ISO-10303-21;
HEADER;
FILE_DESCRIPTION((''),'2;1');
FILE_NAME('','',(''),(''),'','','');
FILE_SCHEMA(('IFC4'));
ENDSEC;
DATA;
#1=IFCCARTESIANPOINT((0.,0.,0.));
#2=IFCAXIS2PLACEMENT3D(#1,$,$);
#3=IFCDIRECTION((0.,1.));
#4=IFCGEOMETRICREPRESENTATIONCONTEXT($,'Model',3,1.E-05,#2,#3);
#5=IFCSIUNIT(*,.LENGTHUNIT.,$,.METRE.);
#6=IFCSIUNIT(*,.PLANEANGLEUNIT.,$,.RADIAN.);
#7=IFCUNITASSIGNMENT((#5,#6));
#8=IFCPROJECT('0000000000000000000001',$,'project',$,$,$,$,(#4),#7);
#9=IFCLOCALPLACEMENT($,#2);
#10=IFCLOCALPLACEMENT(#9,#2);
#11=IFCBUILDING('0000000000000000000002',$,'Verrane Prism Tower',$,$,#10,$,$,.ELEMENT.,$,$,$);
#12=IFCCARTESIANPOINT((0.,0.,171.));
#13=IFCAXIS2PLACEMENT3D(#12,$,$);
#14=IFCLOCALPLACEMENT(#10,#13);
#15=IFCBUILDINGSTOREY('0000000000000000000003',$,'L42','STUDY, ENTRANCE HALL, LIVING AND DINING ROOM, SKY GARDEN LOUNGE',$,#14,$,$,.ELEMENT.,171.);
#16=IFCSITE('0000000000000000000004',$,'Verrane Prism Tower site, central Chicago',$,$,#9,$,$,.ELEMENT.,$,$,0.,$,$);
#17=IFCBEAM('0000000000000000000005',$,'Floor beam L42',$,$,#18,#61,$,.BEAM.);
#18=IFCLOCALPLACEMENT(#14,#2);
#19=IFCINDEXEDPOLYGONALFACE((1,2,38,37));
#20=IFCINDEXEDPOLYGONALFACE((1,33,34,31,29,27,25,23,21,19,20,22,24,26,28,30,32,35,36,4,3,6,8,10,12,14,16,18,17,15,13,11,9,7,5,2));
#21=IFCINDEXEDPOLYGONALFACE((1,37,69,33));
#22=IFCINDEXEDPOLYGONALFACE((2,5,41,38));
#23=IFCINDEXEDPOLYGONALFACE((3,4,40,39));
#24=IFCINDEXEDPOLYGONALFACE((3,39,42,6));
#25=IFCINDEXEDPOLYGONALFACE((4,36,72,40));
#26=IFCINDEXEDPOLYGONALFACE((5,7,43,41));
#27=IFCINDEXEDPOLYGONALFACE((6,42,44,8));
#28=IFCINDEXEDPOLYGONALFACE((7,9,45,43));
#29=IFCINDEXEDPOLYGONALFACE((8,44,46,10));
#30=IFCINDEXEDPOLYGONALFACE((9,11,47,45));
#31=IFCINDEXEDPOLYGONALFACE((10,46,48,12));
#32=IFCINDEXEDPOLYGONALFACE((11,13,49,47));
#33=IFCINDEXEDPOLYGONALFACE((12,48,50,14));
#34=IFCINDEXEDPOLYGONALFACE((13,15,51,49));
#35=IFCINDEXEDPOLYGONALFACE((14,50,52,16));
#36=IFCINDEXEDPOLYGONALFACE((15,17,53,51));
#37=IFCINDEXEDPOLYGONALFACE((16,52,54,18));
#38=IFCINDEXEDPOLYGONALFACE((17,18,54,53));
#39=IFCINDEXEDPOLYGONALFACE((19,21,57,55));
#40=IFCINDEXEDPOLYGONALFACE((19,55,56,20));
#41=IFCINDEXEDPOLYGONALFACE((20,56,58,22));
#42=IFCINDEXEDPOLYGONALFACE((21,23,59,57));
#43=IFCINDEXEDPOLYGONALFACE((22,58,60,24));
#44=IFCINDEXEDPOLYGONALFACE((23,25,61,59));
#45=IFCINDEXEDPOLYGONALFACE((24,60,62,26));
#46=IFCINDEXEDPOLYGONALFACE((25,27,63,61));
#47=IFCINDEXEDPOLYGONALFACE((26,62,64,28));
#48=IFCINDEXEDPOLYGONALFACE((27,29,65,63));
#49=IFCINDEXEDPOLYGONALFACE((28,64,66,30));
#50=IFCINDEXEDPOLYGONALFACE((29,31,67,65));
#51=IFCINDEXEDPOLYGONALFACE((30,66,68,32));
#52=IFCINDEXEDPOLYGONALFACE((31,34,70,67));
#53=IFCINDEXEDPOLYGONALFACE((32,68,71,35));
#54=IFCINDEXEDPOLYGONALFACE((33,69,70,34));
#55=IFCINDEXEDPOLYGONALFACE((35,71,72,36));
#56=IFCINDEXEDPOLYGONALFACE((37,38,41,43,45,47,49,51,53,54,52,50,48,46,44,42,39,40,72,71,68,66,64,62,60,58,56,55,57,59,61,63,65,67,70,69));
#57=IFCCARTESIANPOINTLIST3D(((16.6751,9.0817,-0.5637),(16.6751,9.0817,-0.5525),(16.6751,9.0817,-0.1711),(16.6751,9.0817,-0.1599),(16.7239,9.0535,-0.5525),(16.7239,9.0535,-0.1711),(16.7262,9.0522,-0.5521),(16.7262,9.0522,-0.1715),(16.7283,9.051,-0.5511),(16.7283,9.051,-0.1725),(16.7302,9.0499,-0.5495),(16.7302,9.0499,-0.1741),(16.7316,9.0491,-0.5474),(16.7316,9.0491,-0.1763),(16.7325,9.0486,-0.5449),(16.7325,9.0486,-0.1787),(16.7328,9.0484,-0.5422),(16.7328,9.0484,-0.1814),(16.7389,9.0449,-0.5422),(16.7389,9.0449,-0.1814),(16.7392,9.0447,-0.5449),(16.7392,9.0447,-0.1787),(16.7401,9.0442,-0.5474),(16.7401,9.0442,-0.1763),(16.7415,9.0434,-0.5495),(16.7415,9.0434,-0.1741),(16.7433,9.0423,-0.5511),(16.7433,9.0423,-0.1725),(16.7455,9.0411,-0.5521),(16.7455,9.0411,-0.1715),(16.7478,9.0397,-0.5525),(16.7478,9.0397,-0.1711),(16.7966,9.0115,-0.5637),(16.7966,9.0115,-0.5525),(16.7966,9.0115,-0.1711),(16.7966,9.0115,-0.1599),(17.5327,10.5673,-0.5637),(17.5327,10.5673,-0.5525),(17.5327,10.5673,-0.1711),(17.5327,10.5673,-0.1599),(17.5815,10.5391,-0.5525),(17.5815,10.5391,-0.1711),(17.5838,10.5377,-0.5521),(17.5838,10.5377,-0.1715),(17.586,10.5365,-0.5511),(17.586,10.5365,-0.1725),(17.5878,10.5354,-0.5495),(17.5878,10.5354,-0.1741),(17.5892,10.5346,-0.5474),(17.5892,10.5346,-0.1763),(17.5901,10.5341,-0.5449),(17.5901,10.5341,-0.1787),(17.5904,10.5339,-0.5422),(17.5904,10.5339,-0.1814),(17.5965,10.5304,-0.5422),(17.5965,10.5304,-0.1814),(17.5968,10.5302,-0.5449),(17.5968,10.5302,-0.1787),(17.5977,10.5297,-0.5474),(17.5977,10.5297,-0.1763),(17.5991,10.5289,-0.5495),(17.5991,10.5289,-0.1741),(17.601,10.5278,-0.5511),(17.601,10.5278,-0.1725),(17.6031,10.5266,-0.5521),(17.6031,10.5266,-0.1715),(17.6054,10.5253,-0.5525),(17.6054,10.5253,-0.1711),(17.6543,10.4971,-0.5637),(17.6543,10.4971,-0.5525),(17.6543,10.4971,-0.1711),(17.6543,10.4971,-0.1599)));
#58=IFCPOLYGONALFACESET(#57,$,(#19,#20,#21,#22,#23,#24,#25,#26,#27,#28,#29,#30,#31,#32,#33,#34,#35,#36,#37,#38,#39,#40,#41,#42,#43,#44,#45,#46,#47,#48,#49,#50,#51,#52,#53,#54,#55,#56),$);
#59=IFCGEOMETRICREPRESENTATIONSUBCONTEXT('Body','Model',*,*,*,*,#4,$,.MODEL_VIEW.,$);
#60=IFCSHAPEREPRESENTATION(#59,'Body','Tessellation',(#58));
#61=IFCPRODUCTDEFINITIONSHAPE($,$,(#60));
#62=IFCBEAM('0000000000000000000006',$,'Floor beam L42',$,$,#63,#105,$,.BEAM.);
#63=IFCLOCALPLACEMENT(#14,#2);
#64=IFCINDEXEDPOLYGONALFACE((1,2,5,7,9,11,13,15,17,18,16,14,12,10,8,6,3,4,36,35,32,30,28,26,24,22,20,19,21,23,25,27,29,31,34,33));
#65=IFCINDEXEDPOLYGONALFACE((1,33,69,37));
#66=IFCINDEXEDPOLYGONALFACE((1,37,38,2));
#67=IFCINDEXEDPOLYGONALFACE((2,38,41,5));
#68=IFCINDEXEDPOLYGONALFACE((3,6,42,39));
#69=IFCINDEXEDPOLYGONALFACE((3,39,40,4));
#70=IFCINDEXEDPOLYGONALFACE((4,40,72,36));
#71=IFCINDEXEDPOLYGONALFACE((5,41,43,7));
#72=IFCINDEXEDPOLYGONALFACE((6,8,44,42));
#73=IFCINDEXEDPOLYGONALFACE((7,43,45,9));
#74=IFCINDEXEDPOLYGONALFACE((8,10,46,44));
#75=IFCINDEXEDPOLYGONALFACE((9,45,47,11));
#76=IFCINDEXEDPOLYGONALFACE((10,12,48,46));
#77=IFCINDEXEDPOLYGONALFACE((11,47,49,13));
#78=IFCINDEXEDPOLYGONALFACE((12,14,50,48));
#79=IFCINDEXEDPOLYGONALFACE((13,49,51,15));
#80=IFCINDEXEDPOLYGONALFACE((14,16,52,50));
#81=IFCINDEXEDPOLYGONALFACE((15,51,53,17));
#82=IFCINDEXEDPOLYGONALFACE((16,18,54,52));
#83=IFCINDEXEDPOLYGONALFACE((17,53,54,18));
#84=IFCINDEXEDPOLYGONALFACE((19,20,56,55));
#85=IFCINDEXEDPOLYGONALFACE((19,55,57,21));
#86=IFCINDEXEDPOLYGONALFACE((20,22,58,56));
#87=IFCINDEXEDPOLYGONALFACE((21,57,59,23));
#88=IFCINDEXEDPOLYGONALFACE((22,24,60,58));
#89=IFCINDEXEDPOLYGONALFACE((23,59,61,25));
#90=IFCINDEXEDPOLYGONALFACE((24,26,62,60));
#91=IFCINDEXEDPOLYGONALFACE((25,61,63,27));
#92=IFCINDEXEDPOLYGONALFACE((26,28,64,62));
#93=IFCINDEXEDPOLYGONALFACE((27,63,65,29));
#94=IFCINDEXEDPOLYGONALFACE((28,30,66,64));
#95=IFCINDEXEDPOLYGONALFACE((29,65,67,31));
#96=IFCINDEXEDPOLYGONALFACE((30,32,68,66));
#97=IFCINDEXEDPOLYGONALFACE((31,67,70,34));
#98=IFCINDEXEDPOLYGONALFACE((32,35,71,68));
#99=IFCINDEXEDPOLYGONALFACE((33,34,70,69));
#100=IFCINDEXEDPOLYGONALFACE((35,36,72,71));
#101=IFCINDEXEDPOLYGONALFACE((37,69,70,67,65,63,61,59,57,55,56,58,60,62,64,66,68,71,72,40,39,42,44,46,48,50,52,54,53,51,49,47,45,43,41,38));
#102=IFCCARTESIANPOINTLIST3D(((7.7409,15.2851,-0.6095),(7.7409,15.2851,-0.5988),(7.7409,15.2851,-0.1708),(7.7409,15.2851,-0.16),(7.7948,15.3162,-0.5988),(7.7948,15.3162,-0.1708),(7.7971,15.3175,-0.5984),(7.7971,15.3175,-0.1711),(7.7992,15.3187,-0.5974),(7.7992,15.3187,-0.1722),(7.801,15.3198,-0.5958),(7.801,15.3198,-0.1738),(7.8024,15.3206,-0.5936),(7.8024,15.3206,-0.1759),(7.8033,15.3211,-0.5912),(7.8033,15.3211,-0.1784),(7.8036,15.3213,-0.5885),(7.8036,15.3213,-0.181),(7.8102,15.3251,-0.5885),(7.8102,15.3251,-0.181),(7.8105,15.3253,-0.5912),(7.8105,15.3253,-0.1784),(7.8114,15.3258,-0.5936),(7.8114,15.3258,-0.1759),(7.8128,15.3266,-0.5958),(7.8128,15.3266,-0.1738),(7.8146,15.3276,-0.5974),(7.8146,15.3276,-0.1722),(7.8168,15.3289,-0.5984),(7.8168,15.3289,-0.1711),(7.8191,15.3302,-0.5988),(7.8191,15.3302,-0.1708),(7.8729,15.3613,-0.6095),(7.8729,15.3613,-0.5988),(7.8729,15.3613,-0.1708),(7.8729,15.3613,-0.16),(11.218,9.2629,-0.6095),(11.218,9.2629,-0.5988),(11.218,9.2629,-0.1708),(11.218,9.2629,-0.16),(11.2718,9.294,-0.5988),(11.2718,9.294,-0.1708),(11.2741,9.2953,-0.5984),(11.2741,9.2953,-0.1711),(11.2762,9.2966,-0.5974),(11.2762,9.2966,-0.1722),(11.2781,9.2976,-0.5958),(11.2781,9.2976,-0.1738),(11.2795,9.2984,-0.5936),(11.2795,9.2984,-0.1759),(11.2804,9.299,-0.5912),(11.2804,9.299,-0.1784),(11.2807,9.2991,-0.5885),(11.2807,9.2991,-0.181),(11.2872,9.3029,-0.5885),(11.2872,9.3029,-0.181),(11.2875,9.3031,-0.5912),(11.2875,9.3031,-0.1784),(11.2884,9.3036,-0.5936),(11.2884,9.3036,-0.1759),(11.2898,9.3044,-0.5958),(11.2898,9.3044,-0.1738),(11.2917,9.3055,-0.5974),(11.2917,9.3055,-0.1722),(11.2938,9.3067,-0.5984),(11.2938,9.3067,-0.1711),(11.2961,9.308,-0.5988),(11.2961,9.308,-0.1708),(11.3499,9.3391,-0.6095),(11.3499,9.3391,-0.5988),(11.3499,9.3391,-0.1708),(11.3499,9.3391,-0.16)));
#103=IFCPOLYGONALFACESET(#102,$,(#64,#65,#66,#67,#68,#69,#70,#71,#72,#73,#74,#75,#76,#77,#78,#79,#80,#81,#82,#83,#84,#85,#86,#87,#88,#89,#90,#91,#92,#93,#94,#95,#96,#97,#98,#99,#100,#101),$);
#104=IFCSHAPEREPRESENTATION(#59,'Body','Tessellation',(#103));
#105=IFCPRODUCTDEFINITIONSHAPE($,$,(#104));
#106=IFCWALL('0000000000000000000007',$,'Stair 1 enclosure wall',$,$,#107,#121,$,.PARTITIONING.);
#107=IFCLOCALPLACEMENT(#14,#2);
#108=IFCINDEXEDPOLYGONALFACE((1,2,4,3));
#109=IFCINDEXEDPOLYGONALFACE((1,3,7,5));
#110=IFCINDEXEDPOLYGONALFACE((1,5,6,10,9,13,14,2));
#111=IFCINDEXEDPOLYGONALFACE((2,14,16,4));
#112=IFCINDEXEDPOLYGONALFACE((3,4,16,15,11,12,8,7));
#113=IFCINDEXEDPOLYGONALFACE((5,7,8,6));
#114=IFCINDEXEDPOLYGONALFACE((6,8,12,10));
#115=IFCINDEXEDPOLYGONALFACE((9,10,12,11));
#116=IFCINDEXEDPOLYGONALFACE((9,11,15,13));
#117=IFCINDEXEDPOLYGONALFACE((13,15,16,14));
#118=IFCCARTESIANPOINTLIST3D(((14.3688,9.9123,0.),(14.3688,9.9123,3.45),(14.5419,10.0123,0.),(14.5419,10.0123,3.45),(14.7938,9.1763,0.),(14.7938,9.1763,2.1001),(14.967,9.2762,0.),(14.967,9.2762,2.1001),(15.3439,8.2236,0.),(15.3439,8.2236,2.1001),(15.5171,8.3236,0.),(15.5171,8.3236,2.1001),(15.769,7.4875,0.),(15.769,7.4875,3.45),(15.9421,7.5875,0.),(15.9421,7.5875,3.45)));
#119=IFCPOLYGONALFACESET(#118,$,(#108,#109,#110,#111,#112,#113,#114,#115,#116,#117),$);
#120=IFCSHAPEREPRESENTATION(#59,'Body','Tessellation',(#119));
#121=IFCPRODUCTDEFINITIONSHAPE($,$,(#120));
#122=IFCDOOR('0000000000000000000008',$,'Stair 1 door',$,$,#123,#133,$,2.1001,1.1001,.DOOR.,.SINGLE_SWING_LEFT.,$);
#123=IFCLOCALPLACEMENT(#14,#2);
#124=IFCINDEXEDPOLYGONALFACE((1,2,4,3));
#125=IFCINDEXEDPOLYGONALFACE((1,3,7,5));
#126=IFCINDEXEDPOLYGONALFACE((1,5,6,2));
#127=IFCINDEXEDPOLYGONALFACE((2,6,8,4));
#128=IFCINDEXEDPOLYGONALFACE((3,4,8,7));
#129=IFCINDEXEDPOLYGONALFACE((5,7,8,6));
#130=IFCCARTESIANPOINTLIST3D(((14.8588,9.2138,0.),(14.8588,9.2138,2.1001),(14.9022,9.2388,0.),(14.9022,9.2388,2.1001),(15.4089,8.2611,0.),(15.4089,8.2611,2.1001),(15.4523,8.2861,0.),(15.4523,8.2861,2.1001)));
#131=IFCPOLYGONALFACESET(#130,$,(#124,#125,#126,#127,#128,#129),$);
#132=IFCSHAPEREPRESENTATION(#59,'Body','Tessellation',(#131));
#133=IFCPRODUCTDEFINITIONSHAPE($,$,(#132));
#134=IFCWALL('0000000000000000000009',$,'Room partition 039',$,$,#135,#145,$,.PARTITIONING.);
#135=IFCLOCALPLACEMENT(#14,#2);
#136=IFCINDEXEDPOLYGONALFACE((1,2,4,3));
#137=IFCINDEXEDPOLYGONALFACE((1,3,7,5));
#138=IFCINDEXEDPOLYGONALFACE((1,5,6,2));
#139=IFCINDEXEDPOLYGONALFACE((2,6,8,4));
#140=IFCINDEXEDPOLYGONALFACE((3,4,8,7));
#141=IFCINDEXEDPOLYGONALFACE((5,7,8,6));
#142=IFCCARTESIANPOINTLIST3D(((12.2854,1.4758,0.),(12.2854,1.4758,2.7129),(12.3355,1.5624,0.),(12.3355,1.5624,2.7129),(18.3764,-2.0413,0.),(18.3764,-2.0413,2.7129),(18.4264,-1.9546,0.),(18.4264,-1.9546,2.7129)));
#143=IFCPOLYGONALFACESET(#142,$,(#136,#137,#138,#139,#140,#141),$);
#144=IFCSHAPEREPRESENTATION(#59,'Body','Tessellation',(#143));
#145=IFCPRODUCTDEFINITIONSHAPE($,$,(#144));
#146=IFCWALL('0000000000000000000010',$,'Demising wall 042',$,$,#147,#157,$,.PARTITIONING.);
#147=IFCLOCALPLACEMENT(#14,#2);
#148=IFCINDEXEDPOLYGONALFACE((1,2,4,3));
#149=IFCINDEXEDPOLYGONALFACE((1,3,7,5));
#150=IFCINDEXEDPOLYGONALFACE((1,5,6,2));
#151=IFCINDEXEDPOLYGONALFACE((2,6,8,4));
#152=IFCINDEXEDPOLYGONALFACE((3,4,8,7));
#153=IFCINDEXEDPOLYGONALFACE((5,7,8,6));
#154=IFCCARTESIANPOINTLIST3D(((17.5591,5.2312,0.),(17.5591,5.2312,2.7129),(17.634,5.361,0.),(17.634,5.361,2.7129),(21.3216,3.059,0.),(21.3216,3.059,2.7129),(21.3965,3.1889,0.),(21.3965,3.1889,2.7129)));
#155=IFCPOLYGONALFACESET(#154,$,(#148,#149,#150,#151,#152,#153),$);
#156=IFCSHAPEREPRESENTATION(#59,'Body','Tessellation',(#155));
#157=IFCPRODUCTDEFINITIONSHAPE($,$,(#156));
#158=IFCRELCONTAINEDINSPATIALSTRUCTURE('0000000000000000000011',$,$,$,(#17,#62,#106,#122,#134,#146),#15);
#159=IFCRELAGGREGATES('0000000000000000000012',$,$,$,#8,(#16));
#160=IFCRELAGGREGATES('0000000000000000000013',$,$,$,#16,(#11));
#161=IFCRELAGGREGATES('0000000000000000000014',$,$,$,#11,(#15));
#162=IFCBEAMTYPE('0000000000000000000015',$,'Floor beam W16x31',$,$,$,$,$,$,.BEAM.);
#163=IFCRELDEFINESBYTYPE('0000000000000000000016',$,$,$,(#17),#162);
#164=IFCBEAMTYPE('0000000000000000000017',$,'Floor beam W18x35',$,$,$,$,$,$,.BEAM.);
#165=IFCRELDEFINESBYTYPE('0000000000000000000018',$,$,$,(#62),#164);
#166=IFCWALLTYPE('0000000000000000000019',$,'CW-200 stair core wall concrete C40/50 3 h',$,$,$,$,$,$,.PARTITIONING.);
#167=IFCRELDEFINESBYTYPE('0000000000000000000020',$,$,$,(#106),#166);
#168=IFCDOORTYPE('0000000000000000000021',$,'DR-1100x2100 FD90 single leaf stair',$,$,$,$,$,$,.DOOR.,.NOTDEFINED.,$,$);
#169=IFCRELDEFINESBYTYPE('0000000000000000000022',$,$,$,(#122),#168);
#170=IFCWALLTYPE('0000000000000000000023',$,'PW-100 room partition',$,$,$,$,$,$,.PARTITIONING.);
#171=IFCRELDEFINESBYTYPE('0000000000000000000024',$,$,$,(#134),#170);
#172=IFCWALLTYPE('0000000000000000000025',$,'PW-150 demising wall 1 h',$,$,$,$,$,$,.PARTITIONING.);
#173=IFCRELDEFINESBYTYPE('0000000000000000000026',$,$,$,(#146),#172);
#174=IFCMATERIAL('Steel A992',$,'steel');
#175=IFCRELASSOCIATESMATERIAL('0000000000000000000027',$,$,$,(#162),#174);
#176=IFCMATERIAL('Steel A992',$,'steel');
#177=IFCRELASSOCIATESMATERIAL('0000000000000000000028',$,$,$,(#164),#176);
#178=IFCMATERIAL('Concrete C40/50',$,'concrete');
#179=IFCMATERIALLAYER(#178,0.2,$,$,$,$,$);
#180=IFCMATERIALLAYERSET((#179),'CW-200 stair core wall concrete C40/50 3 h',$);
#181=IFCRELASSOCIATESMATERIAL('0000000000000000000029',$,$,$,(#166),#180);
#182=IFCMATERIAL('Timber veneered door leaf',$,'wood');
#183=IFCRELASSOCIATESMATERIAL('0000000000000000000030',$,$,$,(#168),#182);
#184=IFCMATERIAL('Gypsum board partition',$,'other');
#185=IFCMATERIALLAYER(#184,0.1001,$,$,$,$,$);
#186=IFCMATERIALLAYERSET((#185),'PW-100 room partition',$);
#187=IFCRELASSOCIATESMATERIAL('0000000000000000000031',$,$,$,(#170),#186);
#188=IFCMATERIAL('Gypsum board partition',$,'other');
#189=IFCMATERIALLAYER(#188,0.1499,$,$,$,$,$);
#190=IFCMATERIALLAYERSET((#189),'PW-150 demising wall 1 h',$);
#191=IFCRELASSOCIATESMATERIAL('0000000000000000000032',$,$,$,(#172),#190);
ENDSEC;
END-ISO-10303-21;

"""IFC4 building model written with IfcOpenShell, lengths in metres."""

from ifc_helpers import new_model, si_unit, direction, frame, frame_2d, origin, origin_2d, place, context, subcontext, project, spatial, rectangle, i_section, extrude, material, layer, layer_set, material_profile, profile_set, type_object, element, fill, save


model = new_model("IFC4")

# Units and contexts
model_context = context("Model", 3, precision=1e-05, world=origin(), true_north=direction((0.0, 1.0)))
body_context = subcontext(model_context, "Body", "Model", "MODEL_VIEW")
ifc_project = project(units=[si_unit("LENGTHUNIT", "METRE"), si_unit("PLANEANGLEUNIT", "RADIAN")], contexts=[model_context])

# Site, building, storey
site_placement = place(None, origin())
site = spatial("IfcSite", under=ifc_project, at=site_placement, Name="Verrane Prism Tower site, central Chicago", CompositionType="ELEMENT", RefElevation=0.0)
building_placement = place(site_placement, origin())
building = spatial("IfcBuilding", under=site, at=building_placement, Name="Verrane Prism Tower", CompositionType="ELEMENT")
storey_placement = place(building_placement, frame((0.0, 0.0, 171.0)))
storey = spatial("IfcBuildingStorey", under=building, at=storey_placement, Name="L42", Description="STUDY, ENTRANCE HALL, LIVING AND DINING ROOM, SKY GARDEN LOUNGE", CompositionType="ELEMENT", Elevation=171.0)

# Beams
ifc_material_1 = material(Name="Steel A992", Category="steel")
ifc_material_profile_1 = material_profile(ifc_material_1, i_section(OverallWidth=0.1404, OverallDepth=0.4038, WebThickness=0.0071, FlangeThickness=0.0112, FilletRadius=0.0103, at=origin_2d()), Name="W16x31")
ifc_profile_set_1 = profile_set([ifc_material_profile_1], Name="Steel A992")
beam_type_1 = type_object("IfcBeamType", Name="Floor beam W16x31", PredefinedType="BEAM", material=ifc_profile_set_1)
beam_1_placement = place(storey_placement, frame((16.7358, 9.0466, -0.3618), z_axis=(0.499981, 0.866036, 0.0), x_axis=(-0.866036, 0.499981, 0.0)))
element("IfcBeam", 1, at=beam_1_placement, inside=storey, type_object=beam_type_1, Name="Floor beam L42", PredefinedType="BEAM", context=body_context, shape_type="SweptSolid", body=[
    extrude(i_section(OverallWidth=0.1404, OverallDepth=0.4038, WebThickness=0.0071, FlangeThickness=0.0112, FilletRadius=0.0103, at=origin_2d()), origin(), (0.0, 0.0, 1.0), 1.7153),
])
ifc_material_2 = material(Name="Steel A992", Category="steel")
ifc_material_profile_2 = material_profile(ifc_material_2, i_section(OverallWidth=0.1523, OverallDepth=0.4495, WebThickness=0.0076, FlangeThickness=0.0107, FilletRadius=0.0103, at=origin_2d()), Name="W18x35")
ifc_profile_set_2 = profile_set([ifc_material_profile_2], Name="Steel A992")
beam_type_2 = type_object("IfcBeamType", Name="Floor beam W18x35", PredefinedType="BEAM", material=ifc_profile_set_2)
beam_2_placement = place(storey_placement, frame((11.2839, 9.301, -0.3848), z_axis=(-0.500013, 0.866018, 0.0), x_axis=(-0.866018, -0.500013, 0.0)))
element("IfcBeam", 2, at=beam_2_placement, inside=storey, type_object=beam_type_2, Name="Floor beam L42", PredefinedType="BEAM", context=body_context, shape_type="SweptSolid", body=[
    extrude(i_section(OverallWidth=0.1523, OverallDepth=0.4495, WebThickness=0.0076, FlangeThickness=0.0107, FilletRadius=0.0103, at=origin_2d()), origin(), (0.0, 0.0, 1.0), 6.9539),
])

# Wall, opening, door
ifc_material_3 = material(Name="Concrete C40/50", Category="concrete")
ifc_layer_1 = layer(ifc_material_3, 0.2)
ifc_layer_set_1 = layer_set([ifc_layer_1], Name="CW-200 stair core wall concrete C40/50 3 h")
wall_type_1 = type_object("IfcWallType", Name="CW-200 stair core wall concrete C40/50 3 h", PredefinedType="PARTITIONING", material=ifc_layer_set_1)
wall_1_placement = place(storey_placement, frame((15.8555, 7.5376, 0.0), z_axis=(0.0, 0.0, 1.0), x_axis=(-0.50005, 0.865997, 0.0)))
wall_1 = element("IfcWall", 3, at=wall_1_placement, inside=storey, type_object=wall_type_1, Name="Stair 1 enclosure wall", PredefinedType="PARTITIONING", context=body_context, shape_type="SweptSolid", body=[
    extrude(rectangle(XDim=2.8, YDim=0.2, at=frame_2d((1.3999, 0.0))), origin(), (0.0, 0.0, 1.0), 3.45),
])
opening_1_placement = place(wall_1_placement, frame((0.8499, 0.0, 0.0)))
opening_1 = element("IfcOpeningElement", 4, at=opening_1_placement, cuts=wall_1, PredefinedType="OPENING", context=body_context, shape_type="SweptSolid", body=[
    extrude(rectangle(XDim=1.1001, YDim=2.1001, at=frame_2d((0.55, 1.05))), frame((0.0, 0.1099, 0.0), z_axis=(0.0, -1.0, 0.0), x_axis=(1.0, 0.0, 0.0)), (0.0, 0.0, 1.0), 0.22),
])
ifc_material_4 = material(Name="Timber veneered door leaf", Category="wood")
door_type_1 = type_object("IfcDoorType", Name="DR-1100x2100 FD90 single leaf stair", OperationType="NOTDEFINED", PredefinedType="DOOR", material=ifc_material_4)
door_1_placement = place(opening_1_placement, origin())
door_1 = element("IfcDoor", 5, at=door_1_placement, inside=storey, type_object=door_type_1, Name="Stair 1 door", OperationType="SINGLE_SWING_LEFT", OverallHeight=2.1001, OverallWidth=1.1001, PredefinedType="DOOR", context=body_context, shape_type="SweptSolid", body=[
    extrude(rectangle(XDim=1.1001, YDim=2.1001, at=frame_2d((0.55, 1.05))), frame((0.0, 0.0249, 0.0), z_axis=(0.0, -1.0, 0.0), x_axis=(1.0, 0.0, 0.0)), (0.0, 0.0, 1.0), 0.05),
])
fill(opening_1, door_1)

# Walls
ifc_material_5 = material(Name="Gypsum board partition", Category="other")
ifc_layer_2 = layer(ifc_material_5, 0.1001)
ifc_layer_set_2 = layer_set([ifc_layer_2], Name="PW-100 room partition")
wall_type_2 = type_object("IfcWallType", Name="PW-100 room partition", PredefinedType="PARTITIONING", material=ifc_layer_set_2)
wall_2_placement = place(storey_placement, frame((12.3105, 1.519, 0.0), z_axis=(0.0, 0.0, 1.0), x_axis=(0.866, -0.500044, 0.0)))
element("IfcWall", 6, at=wall_2_placement, inside=storey, type_object=wall_type_2, Name="Room partition 039", PredefinedType="PARTITIONING", context=body_context, shape_type="SweptSolid", body=[
    extrude(rectangle(XDim=7.0334, YDim=0.1001, at=frame_2d((3.5166, 0.0))), origin(), (0.0, 0.0, 1.0), 2.7129),
])
ifc_material_6 = material(Name="Gypsum board partition", Category="other")
ifc_layer_3 = layer(ifc_material_6, 0.1499)
ifc_layer_set_3 = layer_set([ifc_layer_3], Name="PW-150 demising wall 1 h")
wall_type_3 = type_object("IfcWallType", Name="PW-150 demising wall 1 h", PredefinedType="PARTITIONING", material=ifc_layer_set_3)
wall_3_placement = place(storey_placement, frame((17.5964, 5.2961, 0.0), z_axis=(0.0, 0.0, 1.0), x_axis=(0.866039, -0.499977, 0.0)))
element("IfcWall", 7, at=wall_3_placement, inside=storey, type_object=wall_type_3, Name="Demising wall 042", PredefinedType="PARTITIONING", context=body_context, shape_type="SweptSolid", body=[
    extrude(rectangle(XDim=4.3445, YDim=0.1499, at=frame_2d((2.1724, 0.0))), origin(), (0.0, 0.0, 1.0), 2.7129),
])

save(model, "model.ifc")
